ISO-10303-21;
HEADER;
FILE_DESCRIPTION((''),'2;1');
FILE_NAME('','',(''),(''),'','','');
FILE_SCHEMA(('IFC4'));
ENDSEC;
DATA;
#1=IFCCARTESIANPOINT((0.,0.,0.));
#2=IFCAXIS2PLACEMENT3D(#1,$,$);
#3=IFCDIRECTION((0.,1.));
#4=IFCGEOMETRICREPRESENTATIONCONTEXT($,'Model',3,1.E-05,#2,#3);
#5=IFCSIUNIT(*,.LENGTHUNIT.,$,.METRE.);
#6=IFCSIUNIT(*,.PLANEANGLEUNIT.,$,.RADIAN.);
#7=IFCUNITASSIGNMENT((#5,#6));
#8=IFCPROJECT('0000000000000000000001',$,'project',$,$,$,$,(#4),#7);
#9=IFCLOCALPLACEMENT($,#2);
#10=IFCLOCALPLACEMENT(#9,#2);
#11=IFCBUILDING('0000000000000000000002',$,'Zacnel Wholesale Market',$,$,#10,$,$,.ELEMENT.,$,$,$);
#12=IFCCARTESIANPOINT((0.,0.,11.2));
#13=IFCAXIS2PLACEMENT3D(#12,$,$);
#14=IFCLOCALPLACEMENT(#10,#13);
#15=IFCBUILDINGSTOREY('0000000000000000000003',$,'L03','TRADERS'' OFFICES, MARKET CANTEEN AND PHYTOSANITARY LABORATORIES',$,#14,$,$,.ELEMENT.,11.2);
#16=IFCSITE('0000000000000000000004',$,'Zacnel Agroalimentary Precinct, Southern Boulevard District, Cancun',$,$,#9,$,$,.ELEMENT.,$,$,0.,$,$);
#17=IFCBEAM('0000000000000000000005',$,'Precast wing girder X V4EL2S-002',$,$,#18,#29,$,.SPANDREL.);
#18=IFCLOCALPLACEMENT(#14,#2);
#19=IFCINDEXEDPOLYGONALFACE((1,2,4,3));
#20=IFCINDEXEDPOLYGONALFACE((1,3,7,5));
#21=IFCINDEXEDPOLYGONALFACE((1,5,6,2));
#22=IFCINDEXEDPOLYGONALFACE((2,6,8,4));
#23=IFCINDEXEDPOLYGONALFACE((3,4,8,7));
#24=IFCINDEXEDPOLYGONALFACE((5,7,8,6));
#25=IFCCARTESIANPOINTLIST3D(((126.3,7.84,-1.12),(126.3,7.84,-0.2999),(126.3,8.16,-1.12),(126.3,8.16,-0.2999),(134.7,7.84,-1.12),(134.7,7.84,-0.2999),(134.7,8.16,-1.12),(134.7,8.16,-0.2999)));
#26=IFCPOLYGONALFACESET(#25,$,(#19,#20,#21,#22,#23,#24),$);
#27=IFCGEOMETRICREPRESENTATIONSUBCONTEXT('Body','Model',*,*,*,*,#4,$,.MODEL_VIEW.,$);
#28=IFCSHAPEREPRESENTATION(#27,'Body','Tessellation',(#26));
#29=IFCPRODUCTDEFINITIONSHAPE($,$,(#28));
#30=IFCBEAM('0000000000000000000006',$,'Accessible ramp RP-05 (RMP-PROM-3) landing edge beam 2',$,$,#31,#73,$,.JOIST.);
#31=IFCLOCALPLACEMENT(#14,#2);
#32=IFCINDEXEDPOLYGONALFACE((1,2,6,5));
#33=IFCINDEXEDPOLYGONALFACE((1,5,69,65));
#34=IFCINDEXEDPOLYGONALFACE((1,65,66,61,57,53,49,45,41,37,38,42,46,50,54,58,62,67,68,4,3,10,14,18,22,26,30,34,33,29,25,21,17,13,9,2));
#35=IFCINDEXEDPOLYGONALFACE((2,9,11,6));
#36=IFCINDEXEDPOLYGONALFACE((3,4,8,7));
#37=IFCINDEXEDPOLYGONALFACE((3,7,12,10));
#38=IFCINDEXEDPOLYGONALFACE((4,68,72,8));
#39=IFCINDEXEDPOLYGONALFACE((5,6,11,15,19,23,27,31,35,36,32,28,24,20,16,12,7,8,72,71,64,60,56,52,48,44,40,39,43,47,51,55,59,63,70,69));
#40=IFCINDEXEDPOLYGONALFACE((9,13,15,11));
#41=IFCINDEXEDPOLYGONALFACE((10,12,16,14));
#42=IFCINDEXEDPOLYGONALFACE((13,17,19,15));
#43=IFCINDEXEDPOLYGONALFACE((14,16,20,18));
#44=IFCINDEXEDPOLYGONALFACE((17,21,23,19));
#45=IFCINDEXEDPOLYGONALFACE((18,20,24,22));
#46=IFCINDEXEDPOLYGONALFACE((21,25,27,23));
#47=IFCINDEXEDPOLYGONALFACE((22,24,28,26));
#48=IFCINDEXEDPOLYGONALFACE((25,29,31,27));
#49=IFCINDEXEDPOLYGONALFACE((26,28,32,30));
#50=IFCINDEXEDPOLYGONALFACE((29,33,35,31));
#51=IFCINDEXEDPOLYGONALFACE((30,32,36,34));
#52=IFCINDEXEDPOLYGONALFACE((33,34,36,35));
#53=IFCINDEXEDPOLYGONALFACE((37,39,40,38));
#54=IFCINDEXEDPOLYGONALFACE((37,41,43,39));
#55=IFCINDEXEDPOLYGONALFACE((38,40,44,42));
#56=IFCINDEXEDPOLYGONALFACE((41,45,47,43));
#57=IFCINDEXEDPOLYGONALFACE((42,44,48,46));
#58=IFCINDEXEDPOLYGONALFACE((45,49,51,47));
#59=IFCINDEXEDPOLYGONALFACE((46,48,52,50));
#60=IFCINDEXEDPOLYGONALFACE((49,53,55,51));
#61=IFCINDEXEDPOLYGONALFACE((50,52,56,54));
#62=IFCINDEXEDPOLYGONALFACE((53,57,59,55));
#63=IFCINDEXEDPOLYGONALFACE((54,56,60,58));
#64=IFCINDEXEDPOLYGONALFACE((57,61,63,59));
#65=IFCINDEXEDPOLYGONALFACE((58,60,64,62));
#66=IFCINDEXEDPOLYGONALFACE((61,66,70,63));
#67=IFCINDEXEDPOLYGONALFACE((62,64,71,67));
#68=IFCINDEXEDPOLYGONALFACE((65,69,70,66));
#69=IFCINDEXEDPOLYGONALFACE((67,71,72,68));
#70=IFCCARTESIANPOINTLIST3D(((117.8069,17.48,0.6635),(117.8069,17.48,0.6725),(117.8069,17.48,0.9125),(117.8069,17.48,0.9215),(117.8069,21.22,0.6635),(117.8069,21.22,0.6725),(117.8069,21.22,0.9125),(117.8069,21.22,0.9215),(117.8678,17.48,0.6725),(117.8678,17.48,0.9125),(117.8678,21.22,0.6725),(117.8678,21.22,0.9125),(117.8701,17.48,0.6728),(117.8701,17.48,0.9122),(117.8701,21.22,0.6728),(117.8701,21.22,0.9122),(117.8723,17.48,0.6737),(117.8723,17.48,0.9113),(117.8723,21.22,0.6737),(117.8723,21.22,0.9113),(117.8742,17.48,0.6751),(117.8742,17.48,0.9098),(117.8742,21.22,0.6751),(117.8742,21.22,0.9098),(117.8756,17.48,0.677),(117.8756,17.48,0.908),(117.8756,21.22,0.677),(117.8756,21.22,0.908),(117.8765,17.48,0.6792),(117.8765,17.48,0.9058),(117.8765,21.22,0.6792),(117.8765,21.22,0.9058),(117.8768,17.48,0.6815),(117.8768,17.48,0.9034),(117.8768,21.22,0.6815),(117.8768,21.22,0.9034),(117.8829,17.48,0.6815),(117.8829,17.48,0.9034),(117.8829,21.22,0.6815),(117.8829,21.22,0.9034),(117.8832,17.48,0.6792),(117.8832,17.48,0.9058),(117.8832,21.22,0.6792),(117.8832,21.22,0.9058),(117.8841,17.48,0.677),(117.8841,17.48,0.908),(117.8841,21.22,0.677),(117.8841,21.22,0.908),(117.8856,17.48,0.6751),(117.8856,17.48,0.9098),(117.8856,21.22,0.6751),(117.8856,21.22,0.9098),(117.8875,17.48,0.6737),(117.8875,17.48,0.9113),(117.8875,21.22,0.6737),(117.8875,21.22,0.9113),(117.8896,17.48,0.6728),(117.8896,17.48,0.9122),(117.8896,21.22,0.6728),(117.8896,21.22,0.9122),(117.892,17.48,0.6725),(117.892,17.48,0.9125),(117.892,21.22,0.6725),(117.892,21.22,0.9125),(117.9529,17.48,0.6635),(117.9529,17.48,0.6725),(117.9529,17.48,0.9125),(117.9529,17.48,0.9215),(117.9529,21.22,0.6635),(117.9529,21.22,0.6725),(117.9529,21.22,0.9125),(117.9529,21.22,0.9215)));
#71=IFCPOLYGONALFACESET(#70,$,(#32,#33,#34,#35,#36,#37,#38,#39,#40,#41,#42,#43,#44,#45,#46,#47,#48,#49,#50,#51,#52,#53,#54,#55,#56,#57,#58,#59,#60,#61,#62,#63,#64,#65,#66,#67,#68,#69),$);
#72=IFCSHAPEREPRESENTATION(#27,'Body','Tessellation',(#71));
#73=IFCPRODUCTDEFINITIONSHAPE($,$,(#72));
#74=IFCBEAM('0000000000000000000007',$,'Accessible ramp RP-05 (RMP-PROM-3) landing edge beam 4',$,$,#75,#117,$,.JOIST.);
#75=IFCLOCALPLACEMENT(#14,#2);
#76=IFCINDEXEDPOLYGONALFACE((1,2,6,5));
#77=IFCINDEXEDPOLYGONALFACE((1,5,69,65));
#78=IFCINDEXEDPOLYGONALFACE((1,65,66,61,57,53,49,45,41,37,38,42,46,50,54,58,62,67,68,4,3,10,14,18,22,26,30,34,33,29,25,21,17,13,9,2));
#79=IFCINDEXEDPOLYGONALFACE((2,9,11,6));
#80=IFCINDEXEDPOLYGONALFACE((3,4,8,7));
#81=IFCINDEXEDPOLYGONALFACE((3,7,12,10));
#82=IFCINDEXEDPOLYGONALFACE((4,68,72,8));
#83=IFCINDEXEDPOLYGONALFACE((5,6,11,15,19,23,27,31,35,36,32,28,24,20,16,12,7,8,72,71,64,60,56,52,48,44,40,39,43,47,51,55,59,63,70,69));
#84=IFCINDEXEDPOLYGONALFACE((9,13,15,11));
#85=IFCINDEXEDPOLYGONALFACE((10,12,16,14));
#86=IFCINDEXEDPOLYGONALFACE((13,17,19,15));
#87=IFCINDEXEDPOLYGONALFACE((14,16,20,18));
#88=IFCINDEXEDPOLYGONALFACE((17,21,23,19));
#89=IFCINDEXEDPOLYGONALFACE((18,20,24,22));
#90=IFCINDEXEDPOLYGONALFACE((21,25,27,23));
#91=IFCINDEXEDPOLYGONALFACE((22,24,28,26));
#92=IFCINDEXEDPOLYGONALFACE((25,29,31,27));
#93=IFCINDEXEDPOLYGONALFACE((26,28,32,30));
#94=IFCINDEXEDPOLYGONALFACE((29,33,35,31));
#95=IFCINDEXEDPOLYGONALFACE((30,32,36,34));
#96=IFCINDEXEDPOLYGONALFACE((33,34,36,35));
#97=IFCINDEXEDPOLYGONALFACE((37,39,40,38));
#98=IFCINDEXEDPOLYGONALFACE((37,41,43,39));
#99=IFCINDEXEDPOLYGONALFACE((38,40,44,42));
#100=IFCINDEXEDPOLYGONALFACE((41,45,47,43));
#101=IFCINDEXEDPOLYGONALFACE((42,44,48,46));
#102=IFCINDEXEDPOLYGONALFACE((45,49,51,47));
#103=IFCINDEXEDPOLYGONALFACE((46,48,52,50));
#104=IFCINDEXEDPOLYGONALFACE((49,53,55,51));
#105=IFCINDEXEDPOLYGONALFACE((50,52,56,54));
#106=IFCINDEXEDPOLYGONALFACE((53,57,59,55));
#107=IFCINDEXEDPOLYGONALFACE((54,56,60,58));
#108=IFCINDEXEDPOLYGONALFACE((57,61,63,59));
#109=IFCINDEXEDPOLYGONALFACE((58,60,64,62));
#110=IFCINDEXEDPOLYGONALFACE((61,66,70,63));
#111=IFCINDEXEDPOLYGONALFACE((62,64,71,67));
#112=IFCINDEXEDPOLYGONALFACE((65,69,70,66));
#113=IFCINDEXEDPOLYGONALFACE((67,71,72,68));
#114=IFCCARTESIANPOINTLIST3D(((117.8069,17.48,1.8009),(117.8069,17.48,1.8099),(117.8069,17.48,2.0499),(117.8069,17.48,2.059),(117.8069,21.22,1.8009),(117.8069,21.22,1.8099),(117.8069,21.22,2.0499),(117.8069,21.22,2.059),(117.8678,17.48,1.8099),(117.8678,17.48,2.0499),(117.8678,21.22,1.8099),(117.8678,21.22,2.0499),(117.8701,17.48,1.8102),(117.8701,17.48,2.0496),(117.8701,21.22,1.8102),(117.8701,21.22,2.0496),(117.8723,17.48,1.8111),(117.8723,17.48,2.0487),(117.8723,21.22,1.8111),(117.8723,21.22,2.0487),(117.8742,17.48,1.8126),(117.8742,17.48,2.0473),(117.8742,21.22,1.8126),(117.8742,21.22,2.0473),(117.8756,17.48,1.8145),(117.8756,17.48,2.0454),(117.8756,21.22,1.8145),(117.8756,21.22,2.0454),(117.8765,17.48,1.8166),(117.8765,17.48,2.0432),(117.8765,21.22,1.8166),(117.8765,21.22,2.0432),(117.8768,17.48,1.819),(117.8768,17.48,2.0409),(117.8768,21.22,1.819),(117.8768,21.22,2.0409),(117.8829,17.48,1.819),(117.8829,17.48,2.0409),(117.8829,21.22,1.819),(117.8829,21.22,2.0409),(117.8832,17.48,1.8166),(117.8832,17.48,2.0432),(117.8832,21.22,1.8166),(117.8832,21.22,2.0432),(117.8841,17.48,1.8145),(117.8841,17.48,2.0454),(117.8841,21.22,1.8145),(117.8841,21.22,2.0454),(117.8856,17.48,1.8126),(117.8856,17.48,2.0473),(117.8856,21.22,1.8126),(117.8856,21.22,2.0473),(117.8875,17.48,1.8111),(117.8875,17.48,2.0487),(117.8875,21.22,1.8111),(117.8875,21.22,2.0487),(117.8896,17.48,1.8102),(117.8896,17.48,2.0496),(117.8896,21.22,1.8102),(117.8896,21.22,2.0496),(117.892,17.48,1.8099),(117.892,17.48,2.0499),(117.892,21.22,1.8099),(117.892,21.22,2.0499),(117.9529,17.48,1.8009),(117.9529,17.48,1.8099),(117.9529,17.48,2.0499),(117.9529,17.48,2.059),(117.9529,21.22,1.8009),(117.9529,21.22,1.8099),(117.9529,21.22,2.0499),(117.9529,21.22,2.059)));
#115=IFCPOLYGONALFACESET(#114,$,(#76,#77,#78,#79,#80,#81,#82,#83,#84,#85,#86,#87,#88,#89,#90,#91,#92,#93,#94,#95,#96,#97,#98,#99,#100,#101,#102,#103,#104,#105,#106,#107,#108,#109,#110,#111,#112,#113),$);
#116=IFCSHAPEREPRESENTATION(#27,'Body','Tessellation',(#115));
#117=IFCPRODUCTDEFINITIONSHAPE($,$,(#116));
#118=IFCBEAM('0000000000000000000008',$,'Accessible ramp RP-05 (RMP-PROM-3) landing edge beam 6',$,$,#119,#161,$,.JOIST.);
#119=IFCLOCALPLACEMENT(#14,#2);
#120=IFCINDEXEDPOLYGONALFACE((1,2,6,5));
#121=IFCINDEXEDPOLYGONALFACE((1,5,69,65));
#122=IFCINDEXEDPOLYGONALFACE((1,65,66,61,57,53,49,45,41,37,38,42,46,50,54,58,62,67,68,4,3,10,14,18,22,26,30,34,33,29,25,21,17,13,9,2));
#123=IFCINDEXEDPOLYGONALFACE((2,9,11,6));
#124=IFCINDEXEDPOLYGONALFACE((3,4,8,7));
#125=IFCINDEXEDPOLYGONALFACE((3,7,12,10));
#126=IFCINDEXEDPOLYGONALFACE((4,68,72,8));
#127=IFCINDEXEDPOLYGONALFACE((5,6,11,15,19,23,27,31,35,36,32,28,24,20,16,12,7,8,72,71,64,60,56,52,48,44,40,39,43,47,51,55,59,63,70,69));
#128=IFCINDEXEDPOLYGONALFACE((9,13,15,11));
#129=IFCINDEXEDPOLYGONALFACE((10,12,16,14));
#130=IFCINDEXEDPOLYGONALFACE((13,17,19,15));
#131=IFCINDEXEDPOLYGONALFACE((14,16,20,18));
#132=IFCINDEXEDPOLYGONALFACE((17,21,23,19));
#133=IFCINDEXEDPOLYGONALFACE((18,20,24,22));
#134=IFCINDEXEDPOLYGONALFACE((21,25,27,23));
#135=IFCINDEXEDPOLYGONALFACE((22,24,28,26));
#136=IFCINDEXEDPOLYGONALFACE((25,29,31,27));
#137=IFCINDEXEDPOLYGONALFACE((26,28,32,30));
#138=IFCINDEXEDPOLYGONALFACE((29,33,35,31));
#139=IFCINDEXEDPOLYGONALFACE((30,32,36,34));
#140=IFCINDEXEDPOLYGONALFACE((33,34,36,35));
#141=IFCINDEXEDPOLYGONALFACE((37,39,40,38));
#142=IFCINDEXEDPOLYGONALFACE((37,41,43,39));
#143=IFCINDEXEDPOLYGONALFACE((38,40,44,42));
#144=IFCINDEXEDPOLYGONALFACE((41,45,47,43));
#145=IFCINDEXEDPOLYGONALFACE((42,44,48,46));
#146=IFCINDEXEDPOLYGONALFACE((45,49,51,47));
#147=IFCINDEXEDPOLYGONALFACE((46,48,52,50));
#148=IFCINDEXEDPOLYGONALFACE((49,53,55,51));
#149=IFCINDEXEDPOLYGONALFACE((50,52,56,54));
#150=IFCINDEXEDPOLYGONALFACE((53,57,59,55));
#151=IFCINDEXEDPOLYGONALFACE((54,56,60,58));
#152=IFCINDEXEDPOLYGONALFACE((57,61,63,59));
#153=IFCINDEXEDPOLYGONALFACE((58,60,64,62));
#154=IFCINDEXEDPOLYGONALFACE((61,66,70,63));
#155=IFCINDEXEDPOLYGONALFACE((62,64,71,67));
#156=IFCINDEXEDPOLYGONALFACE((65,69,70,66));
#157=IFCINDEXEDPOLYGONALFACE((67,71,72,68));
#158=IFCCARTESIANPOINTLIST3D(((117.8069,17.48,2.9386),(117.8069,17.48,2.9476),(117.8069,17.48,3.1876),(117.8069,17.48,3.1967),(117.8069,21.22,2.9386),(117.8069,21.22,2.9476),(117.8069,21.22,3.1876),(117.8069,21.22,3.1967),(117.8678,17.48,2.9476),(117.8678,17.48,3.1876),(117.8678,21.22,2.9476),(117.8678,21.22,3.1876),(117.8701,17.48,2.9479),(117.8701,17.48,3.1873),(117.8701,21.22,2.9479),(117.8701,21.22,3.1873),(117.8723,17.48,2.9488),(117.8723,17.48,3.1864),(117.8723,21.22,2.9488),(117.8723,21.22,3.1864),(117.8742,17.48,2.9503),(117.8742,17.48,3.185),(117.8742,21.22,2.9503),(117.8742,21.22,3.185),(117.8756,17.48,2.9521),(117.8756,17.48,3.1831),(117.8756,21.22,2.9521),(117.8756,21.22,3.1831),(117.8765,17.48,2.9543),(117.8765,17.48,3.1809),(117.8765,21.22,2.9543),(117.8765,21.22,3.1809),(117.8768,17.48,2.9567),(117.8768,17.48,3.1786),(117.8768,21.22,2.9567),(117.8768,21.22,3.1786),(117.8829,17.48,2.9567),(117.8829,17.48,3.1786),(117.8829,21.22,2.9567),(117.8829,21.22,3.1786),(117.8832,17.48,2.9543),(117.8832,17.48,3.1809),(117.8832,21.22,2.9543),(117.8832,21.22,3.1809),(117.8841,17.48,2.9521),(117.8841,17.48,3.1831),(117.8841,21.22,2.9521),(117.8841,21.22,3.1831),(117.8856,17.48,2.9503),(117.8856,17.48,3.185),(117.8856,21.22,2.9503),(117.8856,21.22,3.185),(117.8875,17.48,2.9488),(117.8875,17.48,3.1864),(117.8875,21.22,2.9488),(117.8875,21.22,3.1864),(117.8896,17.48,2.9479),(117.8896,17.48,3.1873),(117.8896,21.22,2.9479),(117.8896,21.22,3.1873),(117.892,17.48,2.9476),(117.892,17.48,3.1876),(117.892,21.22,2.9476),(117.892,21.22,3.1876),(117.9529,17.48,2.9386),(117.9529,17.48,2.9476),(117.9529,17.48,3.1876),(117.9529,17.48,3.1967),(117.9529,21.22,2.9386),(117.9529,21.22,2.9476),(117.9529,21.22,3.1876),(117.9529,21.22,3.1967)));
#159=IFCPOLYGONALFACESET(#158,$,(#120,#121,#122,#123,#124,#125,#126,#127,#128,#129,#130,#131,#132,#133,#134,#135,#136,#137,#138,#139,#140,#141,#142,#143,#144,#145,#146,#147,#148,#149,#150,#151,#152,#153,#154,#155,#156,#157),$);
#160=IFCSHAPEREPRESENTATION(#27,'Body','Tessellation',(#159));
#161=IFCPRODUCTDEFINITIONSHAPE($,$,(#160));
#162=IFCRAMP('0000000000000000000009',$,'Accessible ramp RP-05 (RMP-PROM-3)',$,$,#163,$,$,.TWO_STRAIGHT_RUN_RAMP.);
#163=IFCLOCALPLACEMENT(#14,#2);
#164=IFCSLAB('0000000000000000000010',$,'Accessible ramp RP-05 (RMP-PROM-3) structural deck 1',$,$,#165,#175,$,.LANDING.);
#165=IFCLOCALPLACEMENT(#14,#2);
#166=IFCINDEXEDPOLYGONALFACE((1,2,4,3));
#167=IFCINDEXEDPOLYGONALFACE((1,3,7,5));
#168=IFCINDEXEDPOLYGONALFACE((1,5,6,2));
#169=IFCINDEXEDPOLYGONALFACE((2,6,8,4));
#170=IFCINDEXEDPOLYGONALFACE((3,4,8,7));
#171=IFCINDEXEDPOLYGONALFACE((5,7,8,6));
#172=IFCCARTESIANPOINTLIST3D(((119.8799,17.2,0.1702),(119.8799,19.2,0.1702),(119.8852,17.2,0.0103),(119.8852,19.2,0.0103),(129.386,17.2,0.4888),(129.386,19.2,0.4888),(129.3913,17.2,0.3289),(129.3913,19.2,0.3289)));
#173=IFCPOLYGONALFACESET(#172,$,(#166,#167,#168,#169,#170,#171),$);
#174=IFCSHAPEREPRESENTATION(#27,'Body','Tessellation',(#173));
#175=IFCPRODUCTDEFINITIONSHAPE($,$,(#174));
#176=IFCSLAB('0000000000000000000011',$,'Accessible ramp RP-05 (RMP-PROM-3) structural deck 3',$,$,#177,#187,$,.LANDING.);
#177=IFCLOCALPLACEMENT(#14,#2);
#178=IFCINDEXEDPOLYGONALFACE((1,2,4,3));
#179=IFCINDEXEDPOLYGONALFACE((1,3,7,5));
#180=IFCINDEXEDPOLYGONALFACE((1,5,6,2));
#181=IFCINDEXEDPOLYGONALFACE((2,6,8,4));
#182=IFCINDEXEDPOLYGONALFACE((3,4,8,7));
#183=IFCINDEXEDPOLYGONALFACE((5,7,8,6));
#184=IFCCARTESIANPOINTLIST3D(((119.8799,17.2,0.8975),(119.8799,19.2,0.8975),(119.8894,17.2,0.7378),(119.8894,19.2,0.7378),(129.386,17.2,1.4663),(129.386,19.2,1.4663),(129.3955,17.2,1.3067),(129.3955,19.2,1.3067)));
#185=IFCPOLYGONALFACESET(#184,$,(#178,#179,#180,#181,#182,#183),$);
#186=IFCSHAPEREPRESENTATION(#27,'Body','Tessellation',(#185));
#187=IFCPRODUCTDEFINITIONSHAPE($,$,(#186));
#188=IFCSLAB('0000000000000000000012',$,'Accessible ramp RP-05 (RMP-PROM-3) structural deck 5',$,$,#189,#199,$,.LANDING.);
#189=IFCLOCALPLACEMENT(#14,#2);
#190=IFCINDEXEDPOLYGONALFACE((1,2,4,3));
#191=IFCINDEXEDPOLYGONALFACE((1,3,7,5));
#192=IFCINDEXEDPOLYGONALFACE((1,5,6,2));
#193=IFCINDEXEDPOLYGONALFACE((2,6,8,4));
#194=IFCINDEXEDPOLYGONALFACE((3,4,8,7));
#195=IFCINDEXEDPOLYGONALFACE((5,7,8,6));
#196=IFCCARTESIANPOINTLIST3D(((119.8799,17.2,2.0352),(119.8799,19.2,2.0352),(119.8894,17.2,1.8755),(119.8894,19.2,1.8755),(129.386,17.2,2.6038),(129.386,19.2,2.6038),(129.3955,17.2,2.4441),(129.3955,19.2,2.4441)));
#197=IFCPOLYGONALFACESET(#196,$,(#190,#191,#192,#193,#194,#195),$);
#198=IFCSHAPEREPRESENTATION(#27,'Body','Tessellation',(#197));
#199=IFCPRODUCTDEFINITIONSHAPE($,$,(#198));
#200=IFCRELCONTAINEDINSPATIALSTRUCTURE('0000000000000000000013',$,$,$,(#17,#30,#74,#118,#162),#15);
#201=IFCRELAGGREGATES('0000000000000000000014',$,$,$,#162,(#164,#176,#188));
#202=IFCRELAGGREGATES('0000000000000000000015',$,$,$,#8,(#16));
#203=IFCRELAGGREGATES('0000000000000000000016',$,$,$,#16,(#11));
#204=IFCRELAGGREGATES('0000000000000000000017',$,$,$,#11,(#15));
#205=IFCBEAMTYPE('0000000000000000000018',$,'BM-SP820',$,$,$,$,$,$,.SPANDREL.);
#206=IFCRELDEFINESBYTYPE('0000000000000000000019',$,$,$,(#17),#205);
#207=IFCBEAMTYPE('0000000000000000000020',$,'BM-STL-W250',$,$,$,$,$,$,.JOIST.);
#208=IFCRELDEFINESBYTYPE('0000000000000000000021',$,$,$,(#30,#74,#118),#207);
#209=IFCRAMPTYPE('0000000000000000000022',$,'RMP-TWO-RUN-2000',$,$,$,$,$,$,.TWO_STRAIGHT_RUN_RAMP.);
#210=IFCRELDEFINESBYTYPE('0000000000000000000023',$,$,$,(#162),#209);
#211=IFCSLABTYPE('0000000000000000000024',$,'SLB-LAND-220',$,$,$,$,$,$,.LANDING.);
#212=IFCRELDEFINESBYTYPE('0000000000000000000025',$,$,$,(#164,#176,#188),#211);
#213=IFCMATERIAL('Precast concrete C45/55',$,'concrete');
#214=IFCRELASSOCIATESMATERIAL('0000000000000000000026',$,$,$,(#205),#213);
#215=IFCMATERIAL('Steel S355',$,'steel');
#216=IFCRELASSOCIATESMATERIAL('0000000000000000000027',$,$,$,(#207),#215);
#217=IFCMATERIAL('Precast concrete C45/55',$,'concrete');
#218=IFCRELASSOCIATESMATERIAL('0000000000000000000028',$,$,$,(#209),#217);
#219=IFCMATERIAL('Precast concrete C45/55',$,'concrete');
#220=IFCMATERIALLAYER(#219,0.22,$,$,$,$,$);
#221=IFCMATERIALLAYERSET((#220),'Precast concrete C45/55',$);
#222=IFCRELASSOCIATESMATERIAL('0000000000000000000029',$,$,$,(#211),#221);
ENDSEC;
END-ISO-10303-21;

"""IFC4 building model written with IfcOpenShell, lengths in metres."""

from ifc_helpers import new_model, si_unit, direction, frame, origin, origin_2d, place, context, subcontext, project, spatial, polyline, rectangle, i_section, outline, extrude, material, layer, layer_set, material_profile, profile_set, type_object, element, aggregate, save


model = new_model("IFC4")

# Units and contexts
model_context = context("Model", 3, precision=1e-05, world=origin(), true_north=direction((0.0, 1.0)))
body_context = subcontext(model_context, "Body", "Model", "MODEL_VIEW")
ifc_project = project(units=[si_unit("LENGTHUNIT", "METRE"), si_unit("PLANEANGLEUNIT", "RADIAN")], contexts=[model_context])

# Site, building, storey
site_placement = place(None, origin())
site = spatial("IfcSite", under=ifc_project, at=site_placement, Name="Zacnel Agroalimentary Precinct, Southern Boulevard District, Cancun", CompositionType="ELEMENT", RefElevation=0.0)
building_placement = place(site_placement, origin())
building = spatial("IfcBuilding", under=site, at=building_placement, Name="Zacnel Wholesale Market", CompositionType="ELEMENT")
storey_placement = place(building_placement, frame((0.0, 0.0, 11.2)))
storey = spatial("IfcBuildingStorey", under=building, at=storey_placement, Name="L03", Description="TRADERS' OFFICES, MARKET CANTEEN AND PHYTOSANITARY LABORATORIES", CompositionType="ELEMENT", Elevation=11.2)

# Beams
ifc_material_1 = material(Name="Precast concrete C45/55", Category="concrete")
ifc_material_profile_1 = material_profile(ifc_material_1, rectangle(XDim=0.3201, YDim=0.8201, at=origin_2d()), Name="SP 320x820")
ifc_profile_set_1 = profile_set([ifc_material_profile_1], Name="Precast concrete C45/55")
beam_type_1 = type_object("IfcBeamType", Name="BM-SP820", PredefinedType="SPANDREL", material=ifc_profile_set_1)
beam_1_placement = place(storey_placement, frame((126.3, 8.0, -0.71), z_axis=(1.0, 0.0, 0.0), x_axis=(0.0, 1.0, 0.0)))
element("IfcBeam", 1, at=beam_1_placement, inside=storey, type_object=beam_type_1, Name="Precast wing girder X V4EL2S-002", PredefinedType="SPANDREL", context=body_context, shape_type="SweptSolid", body=[
    extrude(rectangle(XDim=0.3201, YDim=0.8201, at=origin_2d()), origin(), (0.0, 0.0, 1.0), 8.3999),
])
ifc_material_2 = material(Name="Steel S355", Category="steel")
ifc_material_profile_2 = material_profile(ifc_material_2, i_section(OverallWidth=0.146, OverallDepth=0.2581, WebThickness=0.0061, FlangeThickness=0.009, FilletRadius=0.009, at=origin_2d()), Name="W250X32.7")
ifc_profile_set_2 = profile_set([ifc_material_profile_2], Name="Steel S355")
beam_type_2 = type_object("IfcBeamType", Name="BM-STL-W250", PredefinedType="JOIST", material=ifc_profile_set_2)
for number, where, z_axis, x_axis, name in (
    (2, (117.8799, 17.48, 0.7925), (0.0, 1.0, 0.0), (-1.0, 0.0, 0.0), "Accessible ramp RP-05 (RMP-PROM-3) landing edge beam 2"),
    (3, (117.8799, 17.48, 1.9299), (0.0, 1.0, 0.0), (-1.0, 0.0, 0.0), "Accessible ramp RP-05 (RMP-PROM-3) landing edge beam 4"),
    (4, (117.8799, 17.48, 3.0676), (0.0, 1.0, 0.0), (-1.0, 0.0, 0.0), "Accessible ramp RP-05 (RMP-PROM-3) landing edge beam 6"),
):
    element("IfcBeam", number, at=place(storey_placement, frame(where, z_axis=z_axis, x_axis=x_axis)), inside=storey, type_object=beam_type_2, Name=name, PredefinedType="JOIST", context=body_context, shape_type="SweptSolid", body=[
        extrude(i_section(OverallWidth=0.146, OverallDepth=0.2581, WebThickness=0.0061, FlangeThickness=0.009, FilletRadius=0.009, at=origin_2d()), origin(), (0.0, 0.0, 1.0), 3.74),
    ])

# Ramp, slabs
ifc_material_3 = material(Name="Precast concrete C45/55", Category="concrete")
ramp_type = type_object("IfcRampType", Name="RMP-TWO-RUN-2000", PredefinedType="TWO_STRAIGHT_RUN_RAMP", material=ifc_material_3)
ramp_placement = place(storey_placement, origin())
ramp = element("IfcRamp", 5, at=ramp_placement, inside=storey, type_object=ramp_type, Name="Accessible ramp RP-05 (RMP-PROM-3)", PredefinedType="TWO_STRAIGHT_RUN_RAMP")
ifc_material_4 = material(Name="Precast concrete C45/55", Category="concrete")
ifc_layer_1 = layer(ifc_material_4, 0.22)
ifc_layer_set_1 = layer_set([ifc_layer_1], Name="Precast concrete C45/55")
slab_type = type_object("IfcSlabType", Name="SLB-LAND-220", PredefinedType="LANDING", material=ifc_layer_set_1)
slab_1_placement = place(storey_placement, frame((119.8799, 17.2, 0.1702), z_axis=(-0.033497, 0.0, 0.999439), x_axis=(0.999439, 0.0, 0.033497)))
slab_1 = element("IfcSlab", 6, at=slab_1_placement, type_object=slab_type, Name="Accessible ramp RP-05 (RMP-PROM-3) structural deck 1", PredefinedType="LANDING", context=body_context, shape_type="SweptSolid", body=[
    extrude(outline(polyline([(0.0, 0.0), (9.5114, 0.0), (9.5114, 2.0), (0.0, 2.0), (0.0, 0.0)])), origin(), (0.0, 0.0, -1.0), 0.1599),
])
slab_2_placement = place(storey_placement, frame((119.8799, 17.2, 0.8975), z_axis=(-0.059733, 0.0, 0.998214), x_axis=(0.998214, 0.0, 0.059733)))
slab_2 = element("IfcSlab", 7, at=slab_2_placement, type_object=slab_type, Name="Accessible ramp RP-05 (RMP-PROM-3) structural deck 3", PredefinedType="LANDING", context=body_context, shape_type="SweptSolid", body=[
    extrude(outline(polyline([(0.0, 0.0), (9.5231, 0.0), (9.5231, 2.0), (0.0, 2.0), (0.0, 0.0)])), origin(), (0.0, 0.0, -1.0), 0.1599),
])
slab_3_placement = place(storey_placement, frame((119.8799, 17.2, 2.0352), z_axis=(-0.059708, 0.0, 0.998216), x_axis=(0.998216, 0.0, 0.059708)))
slab_3 = element("IfcSlab", 8, at=slab_3_placement, type_object=slab_type, Name="Accessible ramp RP-05 (RMP-PROM-3) structural deck 5", PredefinedType="LANDING", context=body_context, shape_type="SweptSolid", body=[
    extrude(outline(polyline([(0.0, 0.0), (9.5231, 0.0), (9.5231, 2.0), (0.0, 2.0), (0.0, 0.0)])), origin(), (0.0, 0.0, -1.0), 0.1599),
])

aggregate(ramp, [slab_1, slab_2, slab_3])

save(model, "model.ifc")
